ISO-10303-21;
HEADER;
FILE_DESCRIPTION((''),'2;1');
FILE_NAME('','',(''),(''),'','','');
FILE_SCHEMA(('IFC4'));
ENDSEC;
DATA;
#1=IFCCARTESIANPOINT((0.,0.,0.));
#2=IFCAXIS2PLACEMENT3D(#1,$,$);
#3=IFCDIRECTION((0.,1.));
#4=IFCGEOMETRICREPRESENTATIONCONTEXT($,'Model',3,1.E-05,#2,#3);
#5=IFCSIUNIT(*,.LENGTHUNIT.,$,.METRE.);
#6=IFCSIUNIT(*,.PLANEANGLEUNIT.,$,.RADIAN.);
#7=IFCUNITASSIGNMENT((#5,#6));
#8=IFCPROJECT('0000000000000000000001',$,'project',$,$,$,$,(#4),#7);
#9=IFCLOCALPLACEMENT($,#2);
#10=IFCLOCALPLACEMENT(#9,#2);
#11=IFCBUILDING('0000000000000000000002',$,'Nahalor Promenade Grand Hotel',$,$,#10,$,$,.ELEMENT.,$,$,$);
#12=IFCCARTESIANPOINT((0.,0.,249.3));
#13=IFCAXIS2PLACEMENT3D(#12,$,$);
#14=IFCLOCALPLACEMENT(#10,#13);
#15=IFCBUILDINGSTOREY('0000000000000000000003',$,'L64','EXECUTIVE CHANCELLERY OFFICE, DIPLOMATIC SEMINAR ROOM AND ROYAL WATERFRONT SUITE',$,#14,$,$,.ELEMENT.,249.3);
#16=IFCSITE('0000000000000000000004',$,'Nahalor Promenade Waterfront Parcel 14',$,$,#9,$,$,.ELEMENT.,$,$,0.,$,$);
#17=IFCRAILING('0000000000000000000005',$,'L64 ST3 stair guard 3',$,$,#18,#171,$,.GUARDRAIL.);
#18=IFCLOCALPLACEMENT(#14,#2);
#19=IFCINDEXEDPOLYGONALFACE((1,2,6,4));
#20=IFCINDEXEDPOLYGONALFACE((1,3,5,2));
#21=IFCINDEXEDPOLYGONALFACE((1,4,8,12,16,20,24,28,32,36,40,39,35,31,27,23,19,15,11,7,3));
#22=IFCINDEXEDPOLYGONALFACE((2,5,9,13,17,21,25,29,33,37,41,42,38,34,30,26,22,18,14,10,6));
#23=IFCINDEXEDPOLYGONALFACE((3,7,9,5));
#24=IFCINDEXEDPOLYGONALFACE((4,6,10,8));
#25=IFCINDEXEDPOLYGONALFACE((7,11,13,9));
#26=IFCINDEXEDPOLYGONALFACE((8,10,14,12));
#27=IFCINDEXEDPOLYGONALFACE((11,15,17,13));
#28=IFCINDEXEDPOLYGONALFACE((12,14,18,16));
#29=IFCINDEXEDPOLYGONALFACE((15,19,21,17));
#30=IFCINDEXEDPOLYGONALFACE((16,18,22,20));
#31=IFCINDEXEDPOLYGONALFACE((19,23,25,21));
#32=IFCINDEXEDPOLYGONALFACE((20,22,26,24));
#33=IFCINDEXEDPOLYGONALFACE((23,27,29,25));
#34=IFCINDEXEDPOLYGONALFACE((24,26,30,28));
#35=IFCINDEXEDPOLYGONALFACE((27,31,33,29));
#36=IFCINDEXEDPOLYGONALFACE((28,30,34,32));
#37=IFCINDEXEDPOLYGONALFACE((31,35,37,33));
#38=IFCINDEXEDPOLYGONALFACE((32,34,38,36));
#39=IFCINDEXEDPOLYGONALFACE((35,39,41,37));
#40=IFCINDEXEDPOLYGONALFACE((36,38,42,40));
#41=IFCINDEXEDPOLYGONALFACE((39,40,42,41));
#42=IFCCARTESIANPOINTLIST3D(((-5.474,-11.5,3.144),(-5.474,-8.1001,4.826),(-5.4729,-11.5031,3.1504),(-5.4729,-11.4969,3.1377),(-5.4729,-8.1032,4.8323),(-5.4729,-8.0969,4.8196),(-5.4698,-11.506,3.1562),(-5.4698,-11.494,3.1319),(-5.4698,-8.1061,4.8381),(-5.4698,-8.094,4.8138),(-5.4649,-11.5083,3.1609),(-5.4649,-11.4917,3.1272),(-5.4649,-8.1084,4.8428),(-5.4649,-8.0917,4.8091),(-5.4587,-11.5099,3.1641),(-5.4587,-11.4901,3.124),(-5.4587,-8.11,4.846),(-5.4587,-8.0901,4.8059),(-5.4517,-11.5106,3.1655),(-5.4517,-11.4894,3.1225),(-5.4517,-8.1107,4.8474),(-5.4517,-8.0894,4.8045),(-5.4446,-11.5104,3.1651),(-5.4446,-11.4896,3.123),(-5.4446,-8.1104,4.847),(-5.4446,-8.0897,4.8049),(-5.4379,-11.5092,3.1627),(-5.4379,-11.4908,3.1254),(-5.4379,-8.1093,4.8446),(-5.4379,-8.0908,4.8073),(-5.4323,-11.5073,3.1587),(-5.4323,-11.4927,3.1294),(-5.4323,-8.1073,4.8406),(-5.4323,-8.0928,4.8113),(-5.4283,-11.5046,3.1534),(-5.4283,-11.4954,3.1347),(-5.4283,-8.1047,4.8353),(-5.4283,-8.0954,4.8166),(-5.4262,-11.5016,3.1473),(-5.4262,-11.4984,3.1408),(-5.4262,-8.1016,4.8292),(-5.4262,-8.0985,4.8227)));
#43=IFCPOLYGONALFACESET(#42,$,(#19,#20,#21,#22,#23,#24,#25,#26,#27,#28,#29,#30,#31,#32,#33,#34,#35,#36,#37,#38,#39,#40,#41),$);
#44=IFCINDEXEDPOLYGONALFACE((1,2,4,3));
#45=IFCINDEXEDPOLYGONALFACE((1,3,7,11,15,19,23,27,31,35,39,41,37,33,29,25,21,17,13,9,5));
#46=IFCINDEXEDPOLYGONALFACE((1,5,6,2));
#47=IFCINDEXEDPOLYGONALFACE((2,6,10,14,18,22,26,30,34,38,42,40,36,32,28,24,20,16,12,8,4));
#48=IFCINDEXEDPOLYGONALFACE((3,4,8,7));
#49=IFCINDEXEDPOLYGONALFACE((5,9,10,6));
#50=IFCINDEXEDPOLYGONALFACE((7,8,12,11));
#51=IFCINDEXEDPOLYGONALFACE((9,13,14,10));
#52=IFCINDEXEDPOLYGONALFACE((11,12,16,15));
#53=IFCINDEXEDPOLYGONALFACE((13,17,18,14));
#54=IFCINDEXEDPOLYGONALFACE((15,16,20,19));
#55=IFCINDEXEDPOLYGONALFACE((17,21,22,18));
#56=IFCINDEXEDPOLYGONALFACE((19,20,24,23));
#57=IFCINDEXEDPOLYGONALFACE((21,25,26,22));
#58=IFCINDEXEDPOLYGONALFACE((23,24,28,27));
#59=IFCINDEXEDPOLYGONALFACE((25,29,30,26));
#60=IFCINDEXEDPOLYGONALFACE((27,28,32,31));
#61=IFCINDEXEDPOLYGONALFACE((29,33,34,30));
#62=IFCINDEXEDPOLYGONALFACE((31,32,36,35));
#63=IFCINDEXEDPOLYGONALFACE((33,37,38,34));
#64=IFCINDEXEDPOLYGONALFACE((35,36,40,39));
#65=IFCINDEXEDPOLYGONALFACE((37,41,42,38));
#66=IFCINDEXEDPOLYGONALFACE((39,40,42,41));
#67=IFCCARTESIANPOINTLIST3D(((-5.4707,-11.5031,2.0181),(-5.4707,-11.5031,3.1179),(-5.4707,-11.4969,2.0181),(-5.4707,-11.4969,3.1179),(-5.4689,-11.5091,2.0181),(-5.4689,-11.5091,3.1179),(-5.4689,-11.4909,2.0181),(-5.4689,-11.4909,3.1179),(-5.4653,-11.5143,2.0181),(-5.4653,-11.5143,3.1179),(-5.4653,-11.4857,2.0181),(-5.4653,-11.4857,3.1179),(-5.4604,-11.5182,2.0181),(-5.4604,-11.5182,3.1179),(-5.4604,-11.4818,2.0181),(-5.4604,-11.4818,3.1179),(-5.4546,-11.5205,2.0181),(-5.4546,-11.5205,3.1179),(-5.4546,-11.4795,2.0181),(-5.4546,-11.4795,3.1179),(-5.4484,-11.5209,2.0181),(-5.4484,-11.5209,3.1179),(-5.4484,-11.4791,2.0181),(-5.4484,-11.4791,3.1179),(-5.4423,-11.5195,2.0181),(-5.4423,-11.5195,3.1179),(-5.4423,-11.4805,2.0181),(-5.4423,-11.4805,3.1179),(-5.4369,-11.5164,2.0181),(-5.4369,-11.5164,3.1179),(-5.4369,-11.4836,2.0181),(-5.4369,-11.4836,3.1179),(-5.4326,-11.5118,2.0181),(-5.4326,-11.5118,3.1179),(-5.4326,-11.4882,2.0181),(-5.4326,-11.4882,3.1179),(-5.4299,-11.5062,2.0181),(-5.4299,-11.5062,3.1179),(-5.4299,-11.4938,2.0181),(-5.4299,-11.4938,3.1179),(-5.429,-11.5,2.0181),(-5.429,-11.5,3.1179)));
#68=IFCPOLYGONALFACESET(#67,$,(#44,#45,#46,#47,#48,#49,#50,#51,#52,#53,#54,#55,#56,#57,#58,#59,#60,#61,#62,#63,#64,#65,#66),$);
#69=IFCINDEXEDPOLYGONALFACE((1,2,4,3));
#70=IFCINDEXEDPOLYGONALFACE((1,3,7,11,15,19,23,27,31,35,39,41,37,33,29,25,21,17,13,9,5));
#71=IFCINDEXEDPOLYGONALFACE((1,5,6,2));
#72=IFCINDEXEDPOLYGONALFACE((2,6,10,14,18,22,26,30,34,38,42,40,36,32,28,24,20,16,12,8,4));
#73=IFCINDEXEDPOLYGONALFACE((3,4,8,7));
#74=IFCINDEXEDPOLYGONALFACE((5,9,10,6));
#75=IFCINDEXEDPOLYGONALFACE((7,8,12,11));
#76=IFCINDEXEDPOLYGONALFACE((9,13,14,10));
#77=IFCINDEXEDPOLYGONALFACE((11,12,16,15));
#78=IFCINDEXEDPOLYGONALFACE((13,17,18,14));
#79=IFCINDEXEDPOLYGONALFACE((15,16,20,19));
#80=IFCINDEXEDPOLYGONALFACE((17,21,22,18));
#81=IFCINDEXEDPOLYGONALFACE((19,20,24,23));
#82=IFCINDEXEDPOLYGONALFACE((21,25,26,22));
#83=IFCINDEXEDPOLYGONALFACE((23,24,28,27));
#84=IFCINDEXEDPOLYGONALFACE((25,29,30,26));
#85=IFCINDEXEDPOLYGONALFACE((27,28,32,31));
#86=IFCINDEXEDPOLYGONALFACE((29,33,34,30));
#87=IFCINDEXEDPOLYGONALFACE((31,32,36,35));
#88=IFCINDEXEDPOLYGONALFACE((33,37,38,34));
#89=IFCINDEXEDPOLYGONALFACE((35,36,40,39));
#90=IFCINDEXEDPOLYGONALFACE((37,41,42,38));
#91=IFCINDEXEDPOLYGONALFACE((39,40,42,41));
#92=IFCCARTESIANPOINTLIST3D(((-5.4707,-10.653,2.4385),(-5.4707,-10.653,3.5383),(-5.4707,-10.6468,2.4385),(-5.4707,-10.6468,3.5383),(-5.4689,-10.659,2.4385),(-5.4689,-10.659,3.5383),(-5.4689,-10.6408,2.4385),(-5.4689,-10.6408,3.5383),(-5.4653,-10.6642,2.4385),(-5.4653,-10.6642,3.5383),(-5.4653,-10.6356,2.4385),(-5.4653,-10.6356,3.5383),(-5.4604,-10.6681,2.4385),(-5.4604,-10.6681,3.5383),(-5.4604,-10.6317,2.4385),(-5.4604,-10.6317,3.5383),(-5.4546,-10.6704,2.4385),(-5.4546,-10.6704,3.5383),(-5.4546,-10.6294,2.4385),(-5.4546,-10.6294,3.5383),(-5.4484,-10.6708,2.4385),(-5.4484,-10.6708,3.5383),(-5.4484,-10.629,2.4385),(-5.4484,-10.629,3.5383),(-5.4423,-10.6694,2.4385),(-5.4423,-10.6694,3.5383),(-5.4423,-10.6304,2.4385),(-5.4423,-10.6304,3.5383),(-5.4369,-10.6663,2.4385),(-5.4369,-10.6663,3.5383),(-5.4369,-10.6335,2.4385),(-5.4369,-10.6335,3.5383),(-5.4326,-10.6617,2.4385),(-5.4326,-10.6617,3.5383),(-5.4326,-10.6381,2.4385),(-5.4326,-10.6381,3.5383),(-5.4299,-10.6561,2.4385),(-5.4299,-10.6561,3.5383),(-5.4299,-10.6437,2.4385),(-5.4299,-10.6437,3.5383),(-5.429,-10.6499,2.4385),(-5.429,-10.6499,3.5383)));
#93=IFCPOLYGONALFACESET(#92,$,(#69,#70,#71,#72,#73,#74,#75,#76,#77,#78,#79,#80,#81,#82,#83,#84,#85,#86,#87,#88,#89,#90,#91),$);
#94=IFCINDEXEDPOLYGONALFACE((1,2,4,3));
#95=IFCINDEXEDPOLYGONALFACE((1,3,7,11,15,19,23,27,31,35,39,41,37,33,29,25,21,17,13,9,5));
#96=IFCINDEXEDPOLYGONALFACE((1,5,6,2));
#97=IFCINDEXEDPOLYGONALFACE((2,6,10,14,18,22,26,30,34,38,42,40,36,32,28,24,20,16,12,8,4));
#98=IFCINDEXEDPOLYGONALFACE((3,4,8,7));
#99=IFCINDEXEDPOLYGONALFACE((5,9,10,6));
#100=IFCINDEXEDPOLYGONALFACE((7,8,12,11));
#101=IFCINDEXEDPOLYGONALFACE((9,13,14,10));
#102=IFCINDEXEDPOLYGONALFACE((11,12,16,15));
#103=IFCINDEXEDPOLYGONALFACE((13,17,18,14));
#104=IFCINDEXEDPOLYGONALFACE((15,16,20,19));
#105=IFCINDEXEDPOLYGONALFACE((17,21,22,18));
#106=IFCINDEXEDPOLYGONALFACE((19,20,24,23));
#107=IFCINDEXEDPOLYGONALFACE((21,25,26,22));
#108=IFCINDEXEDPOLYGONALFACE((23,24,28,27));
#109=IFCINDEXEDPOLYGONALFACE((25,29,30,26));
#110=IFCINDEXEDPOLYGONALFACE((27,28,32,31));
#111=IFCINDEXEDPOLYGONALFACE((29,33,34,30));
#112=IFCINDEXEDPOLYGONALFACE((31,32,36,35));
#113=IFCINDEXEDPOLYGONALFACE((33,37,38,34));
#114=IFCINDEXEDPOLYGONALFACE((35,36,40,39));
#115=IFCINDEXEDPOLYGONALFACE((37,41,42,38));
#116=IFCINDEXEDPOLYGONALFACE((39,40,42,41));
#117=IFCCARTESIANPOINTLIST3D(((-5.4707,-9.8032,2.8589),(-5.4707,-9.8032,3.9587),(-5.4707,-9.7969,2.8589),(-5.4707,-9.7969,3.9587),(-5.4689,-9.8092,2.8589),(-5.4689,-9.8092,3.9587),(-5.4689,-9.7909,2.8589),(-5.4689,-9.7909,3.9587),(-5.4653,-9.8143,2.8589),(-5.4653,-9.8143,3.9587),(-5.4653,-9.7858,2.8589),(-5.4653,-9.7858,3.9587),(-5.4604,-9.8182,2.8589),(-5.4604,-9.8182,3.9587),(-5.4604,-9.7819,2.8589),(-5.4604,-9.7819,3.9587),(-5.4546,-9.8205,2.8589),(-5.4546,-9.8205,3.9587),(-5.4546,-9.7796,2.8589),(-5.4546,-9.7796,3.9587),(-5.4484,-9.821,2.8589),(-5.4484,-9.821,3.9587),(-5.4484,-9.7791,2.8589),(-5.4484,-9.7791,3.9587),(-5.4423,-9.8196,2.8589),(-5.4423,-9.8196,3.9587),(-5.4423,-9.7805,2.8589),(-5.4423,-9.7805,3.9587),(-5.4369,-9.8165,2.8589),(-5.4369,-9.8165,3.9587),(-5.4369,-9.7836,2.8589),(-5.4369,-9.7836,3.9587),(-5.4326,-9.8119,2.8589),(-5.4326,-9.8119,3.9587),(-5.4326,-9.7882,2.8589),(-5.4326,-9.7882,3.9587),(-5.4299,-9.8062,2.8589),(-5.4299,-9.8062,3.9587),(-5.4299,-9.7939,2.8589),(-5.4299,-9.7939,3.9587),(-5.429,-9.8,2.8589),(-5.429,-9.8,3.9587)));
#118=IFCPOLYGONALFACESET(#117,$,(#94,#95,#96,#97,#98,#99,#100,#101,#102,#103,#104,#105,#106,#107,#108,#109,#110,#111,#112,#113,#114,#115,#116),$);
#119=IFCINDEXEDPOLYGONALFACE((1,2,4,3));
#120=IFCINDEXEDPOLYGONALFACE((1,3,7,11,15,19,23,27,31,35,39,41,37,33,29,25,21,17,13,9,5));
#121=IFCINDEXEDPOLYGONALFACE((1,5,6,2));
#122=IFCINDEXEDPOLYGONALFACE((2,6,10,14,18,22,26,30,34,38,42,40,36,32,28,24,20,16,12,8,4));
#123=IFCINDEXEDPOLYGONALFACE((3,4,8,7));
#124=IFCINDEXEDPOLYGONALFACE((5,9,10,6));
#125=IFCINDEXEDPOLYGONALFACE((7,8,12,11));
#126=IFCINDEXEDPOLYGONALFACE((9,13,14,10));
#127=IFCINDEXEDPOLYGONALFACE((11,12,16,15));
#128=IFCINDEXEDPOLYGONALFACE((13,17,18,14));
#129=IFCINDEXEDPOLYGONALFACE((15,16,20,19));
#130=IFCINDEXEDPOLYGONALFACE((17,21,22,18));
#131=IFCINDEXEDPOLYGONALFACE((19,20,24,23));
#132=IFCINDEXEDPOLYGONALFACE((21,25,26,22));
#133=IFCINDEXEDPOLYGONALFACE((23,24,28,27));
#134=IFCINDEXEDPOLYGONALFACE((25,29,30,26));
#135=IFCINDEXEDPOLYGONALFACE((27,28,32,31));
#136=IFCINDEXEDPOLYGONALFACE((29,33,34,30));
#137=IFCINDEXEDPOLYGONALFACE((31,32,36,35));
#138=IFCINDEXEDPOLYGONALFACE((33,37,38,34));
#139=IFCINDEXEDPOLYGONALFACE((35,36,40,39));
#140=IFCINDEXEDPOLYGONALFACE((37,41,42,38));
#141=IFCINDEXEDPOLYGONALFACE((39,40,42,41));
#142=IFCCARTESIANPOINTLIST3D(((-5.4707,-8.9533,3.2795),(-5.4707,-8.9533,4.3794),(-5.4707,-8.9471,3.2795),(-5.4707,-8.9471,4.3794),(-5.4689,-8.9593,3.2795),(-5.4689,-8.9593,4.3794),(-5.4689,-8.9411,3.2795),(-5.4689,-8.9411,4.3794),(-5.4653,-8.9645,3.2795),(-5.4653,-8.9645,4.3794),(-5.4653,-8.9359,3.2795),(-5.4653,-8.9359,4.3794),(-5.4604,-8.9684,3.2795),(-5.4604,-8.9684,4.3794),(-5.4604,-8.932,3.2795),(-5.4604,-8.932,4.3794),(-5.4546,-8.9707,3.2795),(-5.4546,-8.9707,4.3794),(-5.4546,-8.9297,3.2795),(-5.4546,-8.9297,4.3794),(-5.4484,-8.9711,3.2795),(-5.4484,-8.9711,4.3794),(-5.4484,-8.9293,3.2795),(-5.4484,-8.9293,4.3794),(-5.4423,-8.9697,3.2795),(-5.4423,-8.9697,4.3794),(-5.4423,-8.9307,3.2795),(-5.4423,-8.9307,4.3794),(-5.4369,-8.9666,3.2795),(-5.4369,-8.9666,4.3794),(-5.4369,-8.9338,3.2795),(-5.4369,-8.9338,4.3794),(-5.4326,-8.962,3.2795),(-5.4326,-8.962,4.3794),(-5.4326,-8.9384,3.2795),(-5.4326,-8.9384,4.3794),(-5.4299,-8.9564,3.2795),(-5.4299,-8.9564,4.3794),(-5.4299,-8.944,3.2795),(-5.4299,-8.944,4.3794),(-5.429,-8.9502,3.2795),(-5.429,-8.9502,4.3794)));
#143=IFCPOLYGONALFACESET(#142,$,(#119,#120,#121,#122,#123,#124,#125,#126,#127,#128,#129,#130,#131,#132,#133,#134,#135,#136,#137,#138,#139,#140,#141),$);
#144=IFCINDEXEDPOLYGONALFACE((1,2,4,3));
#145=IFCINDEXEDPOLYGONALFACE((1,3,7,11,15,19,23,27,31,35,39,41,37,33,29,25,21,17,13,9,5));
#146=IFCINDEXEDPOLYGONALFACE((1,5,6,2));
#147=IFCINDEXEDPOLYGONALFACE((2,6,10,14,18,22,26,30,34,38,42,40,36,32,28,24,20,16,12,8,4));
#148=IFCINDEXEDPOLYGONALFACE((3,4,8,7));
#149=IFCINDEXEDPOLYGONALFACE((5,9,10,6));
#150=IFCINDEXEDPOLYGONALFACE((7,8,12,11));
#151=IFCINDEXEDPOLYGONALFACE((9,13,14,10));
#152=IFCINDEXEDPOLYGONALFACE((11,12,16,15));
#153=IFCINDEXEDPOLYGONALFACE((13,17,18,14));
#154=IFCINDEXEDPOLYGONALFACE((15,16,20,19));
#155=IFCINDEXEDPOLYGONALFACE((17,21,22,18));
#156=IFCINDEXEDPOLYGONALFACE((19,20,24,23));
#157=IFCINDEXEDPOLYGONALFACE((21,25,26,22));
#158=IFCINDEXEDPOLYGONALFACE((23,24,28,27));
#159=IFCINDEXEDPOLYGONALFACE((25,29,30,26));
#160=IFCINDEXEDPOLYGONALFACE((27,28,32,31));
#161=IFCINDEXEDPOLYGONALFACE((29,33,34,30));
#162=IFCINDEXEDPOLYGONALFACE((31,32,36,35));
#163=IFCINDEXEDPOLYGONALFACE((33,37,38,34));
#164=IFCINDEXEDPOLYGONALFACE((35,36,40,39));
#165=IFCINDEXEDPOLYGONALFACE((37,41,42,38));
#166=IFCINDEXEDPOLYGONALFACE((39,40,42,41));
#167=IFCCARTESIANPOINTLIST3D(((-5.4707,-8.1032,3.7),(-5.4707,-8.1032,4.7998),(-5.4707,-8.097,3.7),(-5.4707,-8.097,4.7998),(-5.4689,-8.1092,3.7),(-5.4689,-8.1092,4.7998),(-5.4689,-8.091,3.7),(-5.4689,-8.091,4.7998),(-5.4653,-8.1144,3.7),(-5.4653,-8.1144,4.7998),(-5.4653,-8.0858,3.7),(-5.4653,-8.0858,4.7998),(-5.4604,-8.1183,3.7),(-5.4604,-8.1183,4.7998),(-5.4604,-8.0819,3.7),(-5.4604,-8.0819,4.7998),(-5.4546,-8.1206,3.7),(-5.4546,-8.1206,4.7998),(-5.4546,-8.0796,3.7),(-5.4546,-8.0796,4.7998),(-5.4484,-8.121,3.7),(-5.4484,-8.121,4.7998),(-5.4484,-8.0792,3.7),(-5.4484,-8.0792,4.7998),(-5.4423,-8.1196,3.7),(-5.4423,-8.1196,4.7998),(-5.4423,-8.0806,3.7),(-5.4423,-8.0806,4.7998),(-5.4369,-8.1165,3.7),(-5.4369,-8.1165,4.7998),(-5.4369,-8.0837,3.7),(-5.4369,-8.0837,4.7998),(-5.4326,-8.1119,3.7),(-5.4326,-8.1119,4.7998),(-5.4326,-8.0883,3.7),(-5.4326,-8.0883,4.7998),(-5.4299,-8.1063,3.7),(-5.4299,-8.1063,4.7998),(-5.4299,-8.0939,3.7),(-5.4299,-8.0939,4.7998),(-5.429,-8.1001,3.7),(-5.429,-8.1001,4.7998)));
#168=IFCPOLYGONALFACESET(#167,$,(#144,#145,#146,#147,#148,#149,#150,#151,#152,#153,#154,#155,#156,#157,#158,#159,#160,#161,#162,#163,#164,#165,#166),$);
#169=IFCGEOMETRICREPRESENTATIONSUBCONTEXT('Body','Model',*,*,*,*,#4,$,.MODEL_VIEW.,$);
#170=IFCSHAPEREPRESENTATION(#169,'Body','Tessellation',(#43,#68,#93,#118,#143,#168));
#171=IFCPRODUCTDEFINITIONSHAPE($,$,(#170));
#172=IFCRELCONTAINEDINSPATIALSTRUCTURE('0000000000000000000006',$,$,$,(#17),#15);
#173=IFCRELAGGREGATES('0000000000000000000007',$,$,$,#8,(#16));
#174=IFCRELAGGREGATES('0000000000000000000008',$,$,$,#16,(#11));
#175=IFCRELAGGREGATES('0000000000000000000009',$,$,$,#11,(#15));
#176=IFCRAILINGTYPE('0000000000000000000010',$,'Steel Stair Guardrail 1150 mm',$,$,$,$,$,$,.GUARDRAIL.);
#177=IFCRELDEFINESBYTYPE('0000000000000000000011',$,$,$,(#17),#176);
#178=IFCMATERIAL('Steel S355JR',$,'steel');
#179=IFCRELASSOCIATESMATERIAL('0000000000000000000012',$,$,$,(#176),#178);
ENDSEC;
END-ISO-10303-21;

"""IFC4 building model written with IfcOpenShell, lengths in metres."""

from ifc_helpers import new_model, si_unit, direction, frame, origin, origin_2d, place, context, subcontext, project, spatial, circle, extrude, material, type_object, element, save


model = new_model("IFC4")

# Units and contexts
model_context = context("Model", 3, precision=1e-05, world=origin(), true_north=direction((0.0, 1.0)))
body_context = subcontext(model_context, "Body", "Model", "MODEL_VIEW")
ifc_project = project(units=[si_unit("LENGTHUNIT", "METRE"), si_unit("PLANEANGLEUNIT", "RADIAN")], contexts=[model_context])

# Site, building, storey
site_placement = place(None, origin())
site = spatial("IfcSite", under=ifc_project, at=site_placement, Name="Nahalor Promenade Waterfront Parcel 14", CompositionType="ELEMENT", RefElevation=0.0)
building_placement = place(site_placement, origin())
building = spatial("IfcBuilding", under=site, at=building_placement, Name="Nahalor Promenade Grand Hotel", CompositionType="ELEMENT")
storey_placement = place(building_placement, frame((0.0, 0.0, 249.3)))
storey = spatial("IfcBuildingStorey", under=building, at=storey_placement, Name="L64", Description="EXECUTIVE CHANCELLERY OFFICE, DIPLOMATIC SEMINAR ROOM AND ROYAL WATERFRONT SUITE", CompositionType="ELEMENT", Elevation=249.3)

# Shared definitions
ifc_material_1 = material(Name="Steel S355JR", Category="steel")

# Railing
railing_type_1 = type_object("IfcRailingType", Name="Steel Stair Guardrail 1150 mm", PredefinedType="GUARDRAIL", material=ifc_material_1)
railing_1_placement = place(storey_placement, frame((-5.45, -11.5, 2.0181)))
element("IfcRailing", 1, at=railing_1_placement, inside=storey, type_object=railing_type_1, Name="L64 ST3 stair guard 3", PredefinedType="GUARDRAIL", context=body_context, shape_type="SweptSolid", body=[
    extrude(circle(Radius=0.024, at=origin_2d()), frame((0.0, 0.0, 1.126), z_axis=(0.0, 0.896324, 0.443399), x_axis=(-1.0, 0.0, 0.0)), (0.0, 0.0, 1.0), 3.7932),
    extrude(circle(Radius=0.021, at=origin_2d()), origin(), (0.0, 0.0, 1.0), 1.0999),
    extrude(circle(Radius=0.021, at=origin_2d()), frame((0.0, 0.8501, 0.4204)), (0.0, 0.0, 1.0), 1.0999),
    extrude(circle(Radius=0.021, at=origin_2d()), frame((0.0, 1.7, 0.8408)), (0.0, 0.0, 1.0), 1.0999),
    extrude(circle(Radius=0.021, at=origin_2d()), frame((0.0, 2.5498, 1.2615)), (0.0, 0.0, 1.0), 1.0999),
    extrude(circle(Radius=0.021, at=origin_2d()), frame((0.0, 3.3999, 1.6819)), (0.0, 0.0, 1.0), 1.0999),
])

save(model, "model.ifc")
